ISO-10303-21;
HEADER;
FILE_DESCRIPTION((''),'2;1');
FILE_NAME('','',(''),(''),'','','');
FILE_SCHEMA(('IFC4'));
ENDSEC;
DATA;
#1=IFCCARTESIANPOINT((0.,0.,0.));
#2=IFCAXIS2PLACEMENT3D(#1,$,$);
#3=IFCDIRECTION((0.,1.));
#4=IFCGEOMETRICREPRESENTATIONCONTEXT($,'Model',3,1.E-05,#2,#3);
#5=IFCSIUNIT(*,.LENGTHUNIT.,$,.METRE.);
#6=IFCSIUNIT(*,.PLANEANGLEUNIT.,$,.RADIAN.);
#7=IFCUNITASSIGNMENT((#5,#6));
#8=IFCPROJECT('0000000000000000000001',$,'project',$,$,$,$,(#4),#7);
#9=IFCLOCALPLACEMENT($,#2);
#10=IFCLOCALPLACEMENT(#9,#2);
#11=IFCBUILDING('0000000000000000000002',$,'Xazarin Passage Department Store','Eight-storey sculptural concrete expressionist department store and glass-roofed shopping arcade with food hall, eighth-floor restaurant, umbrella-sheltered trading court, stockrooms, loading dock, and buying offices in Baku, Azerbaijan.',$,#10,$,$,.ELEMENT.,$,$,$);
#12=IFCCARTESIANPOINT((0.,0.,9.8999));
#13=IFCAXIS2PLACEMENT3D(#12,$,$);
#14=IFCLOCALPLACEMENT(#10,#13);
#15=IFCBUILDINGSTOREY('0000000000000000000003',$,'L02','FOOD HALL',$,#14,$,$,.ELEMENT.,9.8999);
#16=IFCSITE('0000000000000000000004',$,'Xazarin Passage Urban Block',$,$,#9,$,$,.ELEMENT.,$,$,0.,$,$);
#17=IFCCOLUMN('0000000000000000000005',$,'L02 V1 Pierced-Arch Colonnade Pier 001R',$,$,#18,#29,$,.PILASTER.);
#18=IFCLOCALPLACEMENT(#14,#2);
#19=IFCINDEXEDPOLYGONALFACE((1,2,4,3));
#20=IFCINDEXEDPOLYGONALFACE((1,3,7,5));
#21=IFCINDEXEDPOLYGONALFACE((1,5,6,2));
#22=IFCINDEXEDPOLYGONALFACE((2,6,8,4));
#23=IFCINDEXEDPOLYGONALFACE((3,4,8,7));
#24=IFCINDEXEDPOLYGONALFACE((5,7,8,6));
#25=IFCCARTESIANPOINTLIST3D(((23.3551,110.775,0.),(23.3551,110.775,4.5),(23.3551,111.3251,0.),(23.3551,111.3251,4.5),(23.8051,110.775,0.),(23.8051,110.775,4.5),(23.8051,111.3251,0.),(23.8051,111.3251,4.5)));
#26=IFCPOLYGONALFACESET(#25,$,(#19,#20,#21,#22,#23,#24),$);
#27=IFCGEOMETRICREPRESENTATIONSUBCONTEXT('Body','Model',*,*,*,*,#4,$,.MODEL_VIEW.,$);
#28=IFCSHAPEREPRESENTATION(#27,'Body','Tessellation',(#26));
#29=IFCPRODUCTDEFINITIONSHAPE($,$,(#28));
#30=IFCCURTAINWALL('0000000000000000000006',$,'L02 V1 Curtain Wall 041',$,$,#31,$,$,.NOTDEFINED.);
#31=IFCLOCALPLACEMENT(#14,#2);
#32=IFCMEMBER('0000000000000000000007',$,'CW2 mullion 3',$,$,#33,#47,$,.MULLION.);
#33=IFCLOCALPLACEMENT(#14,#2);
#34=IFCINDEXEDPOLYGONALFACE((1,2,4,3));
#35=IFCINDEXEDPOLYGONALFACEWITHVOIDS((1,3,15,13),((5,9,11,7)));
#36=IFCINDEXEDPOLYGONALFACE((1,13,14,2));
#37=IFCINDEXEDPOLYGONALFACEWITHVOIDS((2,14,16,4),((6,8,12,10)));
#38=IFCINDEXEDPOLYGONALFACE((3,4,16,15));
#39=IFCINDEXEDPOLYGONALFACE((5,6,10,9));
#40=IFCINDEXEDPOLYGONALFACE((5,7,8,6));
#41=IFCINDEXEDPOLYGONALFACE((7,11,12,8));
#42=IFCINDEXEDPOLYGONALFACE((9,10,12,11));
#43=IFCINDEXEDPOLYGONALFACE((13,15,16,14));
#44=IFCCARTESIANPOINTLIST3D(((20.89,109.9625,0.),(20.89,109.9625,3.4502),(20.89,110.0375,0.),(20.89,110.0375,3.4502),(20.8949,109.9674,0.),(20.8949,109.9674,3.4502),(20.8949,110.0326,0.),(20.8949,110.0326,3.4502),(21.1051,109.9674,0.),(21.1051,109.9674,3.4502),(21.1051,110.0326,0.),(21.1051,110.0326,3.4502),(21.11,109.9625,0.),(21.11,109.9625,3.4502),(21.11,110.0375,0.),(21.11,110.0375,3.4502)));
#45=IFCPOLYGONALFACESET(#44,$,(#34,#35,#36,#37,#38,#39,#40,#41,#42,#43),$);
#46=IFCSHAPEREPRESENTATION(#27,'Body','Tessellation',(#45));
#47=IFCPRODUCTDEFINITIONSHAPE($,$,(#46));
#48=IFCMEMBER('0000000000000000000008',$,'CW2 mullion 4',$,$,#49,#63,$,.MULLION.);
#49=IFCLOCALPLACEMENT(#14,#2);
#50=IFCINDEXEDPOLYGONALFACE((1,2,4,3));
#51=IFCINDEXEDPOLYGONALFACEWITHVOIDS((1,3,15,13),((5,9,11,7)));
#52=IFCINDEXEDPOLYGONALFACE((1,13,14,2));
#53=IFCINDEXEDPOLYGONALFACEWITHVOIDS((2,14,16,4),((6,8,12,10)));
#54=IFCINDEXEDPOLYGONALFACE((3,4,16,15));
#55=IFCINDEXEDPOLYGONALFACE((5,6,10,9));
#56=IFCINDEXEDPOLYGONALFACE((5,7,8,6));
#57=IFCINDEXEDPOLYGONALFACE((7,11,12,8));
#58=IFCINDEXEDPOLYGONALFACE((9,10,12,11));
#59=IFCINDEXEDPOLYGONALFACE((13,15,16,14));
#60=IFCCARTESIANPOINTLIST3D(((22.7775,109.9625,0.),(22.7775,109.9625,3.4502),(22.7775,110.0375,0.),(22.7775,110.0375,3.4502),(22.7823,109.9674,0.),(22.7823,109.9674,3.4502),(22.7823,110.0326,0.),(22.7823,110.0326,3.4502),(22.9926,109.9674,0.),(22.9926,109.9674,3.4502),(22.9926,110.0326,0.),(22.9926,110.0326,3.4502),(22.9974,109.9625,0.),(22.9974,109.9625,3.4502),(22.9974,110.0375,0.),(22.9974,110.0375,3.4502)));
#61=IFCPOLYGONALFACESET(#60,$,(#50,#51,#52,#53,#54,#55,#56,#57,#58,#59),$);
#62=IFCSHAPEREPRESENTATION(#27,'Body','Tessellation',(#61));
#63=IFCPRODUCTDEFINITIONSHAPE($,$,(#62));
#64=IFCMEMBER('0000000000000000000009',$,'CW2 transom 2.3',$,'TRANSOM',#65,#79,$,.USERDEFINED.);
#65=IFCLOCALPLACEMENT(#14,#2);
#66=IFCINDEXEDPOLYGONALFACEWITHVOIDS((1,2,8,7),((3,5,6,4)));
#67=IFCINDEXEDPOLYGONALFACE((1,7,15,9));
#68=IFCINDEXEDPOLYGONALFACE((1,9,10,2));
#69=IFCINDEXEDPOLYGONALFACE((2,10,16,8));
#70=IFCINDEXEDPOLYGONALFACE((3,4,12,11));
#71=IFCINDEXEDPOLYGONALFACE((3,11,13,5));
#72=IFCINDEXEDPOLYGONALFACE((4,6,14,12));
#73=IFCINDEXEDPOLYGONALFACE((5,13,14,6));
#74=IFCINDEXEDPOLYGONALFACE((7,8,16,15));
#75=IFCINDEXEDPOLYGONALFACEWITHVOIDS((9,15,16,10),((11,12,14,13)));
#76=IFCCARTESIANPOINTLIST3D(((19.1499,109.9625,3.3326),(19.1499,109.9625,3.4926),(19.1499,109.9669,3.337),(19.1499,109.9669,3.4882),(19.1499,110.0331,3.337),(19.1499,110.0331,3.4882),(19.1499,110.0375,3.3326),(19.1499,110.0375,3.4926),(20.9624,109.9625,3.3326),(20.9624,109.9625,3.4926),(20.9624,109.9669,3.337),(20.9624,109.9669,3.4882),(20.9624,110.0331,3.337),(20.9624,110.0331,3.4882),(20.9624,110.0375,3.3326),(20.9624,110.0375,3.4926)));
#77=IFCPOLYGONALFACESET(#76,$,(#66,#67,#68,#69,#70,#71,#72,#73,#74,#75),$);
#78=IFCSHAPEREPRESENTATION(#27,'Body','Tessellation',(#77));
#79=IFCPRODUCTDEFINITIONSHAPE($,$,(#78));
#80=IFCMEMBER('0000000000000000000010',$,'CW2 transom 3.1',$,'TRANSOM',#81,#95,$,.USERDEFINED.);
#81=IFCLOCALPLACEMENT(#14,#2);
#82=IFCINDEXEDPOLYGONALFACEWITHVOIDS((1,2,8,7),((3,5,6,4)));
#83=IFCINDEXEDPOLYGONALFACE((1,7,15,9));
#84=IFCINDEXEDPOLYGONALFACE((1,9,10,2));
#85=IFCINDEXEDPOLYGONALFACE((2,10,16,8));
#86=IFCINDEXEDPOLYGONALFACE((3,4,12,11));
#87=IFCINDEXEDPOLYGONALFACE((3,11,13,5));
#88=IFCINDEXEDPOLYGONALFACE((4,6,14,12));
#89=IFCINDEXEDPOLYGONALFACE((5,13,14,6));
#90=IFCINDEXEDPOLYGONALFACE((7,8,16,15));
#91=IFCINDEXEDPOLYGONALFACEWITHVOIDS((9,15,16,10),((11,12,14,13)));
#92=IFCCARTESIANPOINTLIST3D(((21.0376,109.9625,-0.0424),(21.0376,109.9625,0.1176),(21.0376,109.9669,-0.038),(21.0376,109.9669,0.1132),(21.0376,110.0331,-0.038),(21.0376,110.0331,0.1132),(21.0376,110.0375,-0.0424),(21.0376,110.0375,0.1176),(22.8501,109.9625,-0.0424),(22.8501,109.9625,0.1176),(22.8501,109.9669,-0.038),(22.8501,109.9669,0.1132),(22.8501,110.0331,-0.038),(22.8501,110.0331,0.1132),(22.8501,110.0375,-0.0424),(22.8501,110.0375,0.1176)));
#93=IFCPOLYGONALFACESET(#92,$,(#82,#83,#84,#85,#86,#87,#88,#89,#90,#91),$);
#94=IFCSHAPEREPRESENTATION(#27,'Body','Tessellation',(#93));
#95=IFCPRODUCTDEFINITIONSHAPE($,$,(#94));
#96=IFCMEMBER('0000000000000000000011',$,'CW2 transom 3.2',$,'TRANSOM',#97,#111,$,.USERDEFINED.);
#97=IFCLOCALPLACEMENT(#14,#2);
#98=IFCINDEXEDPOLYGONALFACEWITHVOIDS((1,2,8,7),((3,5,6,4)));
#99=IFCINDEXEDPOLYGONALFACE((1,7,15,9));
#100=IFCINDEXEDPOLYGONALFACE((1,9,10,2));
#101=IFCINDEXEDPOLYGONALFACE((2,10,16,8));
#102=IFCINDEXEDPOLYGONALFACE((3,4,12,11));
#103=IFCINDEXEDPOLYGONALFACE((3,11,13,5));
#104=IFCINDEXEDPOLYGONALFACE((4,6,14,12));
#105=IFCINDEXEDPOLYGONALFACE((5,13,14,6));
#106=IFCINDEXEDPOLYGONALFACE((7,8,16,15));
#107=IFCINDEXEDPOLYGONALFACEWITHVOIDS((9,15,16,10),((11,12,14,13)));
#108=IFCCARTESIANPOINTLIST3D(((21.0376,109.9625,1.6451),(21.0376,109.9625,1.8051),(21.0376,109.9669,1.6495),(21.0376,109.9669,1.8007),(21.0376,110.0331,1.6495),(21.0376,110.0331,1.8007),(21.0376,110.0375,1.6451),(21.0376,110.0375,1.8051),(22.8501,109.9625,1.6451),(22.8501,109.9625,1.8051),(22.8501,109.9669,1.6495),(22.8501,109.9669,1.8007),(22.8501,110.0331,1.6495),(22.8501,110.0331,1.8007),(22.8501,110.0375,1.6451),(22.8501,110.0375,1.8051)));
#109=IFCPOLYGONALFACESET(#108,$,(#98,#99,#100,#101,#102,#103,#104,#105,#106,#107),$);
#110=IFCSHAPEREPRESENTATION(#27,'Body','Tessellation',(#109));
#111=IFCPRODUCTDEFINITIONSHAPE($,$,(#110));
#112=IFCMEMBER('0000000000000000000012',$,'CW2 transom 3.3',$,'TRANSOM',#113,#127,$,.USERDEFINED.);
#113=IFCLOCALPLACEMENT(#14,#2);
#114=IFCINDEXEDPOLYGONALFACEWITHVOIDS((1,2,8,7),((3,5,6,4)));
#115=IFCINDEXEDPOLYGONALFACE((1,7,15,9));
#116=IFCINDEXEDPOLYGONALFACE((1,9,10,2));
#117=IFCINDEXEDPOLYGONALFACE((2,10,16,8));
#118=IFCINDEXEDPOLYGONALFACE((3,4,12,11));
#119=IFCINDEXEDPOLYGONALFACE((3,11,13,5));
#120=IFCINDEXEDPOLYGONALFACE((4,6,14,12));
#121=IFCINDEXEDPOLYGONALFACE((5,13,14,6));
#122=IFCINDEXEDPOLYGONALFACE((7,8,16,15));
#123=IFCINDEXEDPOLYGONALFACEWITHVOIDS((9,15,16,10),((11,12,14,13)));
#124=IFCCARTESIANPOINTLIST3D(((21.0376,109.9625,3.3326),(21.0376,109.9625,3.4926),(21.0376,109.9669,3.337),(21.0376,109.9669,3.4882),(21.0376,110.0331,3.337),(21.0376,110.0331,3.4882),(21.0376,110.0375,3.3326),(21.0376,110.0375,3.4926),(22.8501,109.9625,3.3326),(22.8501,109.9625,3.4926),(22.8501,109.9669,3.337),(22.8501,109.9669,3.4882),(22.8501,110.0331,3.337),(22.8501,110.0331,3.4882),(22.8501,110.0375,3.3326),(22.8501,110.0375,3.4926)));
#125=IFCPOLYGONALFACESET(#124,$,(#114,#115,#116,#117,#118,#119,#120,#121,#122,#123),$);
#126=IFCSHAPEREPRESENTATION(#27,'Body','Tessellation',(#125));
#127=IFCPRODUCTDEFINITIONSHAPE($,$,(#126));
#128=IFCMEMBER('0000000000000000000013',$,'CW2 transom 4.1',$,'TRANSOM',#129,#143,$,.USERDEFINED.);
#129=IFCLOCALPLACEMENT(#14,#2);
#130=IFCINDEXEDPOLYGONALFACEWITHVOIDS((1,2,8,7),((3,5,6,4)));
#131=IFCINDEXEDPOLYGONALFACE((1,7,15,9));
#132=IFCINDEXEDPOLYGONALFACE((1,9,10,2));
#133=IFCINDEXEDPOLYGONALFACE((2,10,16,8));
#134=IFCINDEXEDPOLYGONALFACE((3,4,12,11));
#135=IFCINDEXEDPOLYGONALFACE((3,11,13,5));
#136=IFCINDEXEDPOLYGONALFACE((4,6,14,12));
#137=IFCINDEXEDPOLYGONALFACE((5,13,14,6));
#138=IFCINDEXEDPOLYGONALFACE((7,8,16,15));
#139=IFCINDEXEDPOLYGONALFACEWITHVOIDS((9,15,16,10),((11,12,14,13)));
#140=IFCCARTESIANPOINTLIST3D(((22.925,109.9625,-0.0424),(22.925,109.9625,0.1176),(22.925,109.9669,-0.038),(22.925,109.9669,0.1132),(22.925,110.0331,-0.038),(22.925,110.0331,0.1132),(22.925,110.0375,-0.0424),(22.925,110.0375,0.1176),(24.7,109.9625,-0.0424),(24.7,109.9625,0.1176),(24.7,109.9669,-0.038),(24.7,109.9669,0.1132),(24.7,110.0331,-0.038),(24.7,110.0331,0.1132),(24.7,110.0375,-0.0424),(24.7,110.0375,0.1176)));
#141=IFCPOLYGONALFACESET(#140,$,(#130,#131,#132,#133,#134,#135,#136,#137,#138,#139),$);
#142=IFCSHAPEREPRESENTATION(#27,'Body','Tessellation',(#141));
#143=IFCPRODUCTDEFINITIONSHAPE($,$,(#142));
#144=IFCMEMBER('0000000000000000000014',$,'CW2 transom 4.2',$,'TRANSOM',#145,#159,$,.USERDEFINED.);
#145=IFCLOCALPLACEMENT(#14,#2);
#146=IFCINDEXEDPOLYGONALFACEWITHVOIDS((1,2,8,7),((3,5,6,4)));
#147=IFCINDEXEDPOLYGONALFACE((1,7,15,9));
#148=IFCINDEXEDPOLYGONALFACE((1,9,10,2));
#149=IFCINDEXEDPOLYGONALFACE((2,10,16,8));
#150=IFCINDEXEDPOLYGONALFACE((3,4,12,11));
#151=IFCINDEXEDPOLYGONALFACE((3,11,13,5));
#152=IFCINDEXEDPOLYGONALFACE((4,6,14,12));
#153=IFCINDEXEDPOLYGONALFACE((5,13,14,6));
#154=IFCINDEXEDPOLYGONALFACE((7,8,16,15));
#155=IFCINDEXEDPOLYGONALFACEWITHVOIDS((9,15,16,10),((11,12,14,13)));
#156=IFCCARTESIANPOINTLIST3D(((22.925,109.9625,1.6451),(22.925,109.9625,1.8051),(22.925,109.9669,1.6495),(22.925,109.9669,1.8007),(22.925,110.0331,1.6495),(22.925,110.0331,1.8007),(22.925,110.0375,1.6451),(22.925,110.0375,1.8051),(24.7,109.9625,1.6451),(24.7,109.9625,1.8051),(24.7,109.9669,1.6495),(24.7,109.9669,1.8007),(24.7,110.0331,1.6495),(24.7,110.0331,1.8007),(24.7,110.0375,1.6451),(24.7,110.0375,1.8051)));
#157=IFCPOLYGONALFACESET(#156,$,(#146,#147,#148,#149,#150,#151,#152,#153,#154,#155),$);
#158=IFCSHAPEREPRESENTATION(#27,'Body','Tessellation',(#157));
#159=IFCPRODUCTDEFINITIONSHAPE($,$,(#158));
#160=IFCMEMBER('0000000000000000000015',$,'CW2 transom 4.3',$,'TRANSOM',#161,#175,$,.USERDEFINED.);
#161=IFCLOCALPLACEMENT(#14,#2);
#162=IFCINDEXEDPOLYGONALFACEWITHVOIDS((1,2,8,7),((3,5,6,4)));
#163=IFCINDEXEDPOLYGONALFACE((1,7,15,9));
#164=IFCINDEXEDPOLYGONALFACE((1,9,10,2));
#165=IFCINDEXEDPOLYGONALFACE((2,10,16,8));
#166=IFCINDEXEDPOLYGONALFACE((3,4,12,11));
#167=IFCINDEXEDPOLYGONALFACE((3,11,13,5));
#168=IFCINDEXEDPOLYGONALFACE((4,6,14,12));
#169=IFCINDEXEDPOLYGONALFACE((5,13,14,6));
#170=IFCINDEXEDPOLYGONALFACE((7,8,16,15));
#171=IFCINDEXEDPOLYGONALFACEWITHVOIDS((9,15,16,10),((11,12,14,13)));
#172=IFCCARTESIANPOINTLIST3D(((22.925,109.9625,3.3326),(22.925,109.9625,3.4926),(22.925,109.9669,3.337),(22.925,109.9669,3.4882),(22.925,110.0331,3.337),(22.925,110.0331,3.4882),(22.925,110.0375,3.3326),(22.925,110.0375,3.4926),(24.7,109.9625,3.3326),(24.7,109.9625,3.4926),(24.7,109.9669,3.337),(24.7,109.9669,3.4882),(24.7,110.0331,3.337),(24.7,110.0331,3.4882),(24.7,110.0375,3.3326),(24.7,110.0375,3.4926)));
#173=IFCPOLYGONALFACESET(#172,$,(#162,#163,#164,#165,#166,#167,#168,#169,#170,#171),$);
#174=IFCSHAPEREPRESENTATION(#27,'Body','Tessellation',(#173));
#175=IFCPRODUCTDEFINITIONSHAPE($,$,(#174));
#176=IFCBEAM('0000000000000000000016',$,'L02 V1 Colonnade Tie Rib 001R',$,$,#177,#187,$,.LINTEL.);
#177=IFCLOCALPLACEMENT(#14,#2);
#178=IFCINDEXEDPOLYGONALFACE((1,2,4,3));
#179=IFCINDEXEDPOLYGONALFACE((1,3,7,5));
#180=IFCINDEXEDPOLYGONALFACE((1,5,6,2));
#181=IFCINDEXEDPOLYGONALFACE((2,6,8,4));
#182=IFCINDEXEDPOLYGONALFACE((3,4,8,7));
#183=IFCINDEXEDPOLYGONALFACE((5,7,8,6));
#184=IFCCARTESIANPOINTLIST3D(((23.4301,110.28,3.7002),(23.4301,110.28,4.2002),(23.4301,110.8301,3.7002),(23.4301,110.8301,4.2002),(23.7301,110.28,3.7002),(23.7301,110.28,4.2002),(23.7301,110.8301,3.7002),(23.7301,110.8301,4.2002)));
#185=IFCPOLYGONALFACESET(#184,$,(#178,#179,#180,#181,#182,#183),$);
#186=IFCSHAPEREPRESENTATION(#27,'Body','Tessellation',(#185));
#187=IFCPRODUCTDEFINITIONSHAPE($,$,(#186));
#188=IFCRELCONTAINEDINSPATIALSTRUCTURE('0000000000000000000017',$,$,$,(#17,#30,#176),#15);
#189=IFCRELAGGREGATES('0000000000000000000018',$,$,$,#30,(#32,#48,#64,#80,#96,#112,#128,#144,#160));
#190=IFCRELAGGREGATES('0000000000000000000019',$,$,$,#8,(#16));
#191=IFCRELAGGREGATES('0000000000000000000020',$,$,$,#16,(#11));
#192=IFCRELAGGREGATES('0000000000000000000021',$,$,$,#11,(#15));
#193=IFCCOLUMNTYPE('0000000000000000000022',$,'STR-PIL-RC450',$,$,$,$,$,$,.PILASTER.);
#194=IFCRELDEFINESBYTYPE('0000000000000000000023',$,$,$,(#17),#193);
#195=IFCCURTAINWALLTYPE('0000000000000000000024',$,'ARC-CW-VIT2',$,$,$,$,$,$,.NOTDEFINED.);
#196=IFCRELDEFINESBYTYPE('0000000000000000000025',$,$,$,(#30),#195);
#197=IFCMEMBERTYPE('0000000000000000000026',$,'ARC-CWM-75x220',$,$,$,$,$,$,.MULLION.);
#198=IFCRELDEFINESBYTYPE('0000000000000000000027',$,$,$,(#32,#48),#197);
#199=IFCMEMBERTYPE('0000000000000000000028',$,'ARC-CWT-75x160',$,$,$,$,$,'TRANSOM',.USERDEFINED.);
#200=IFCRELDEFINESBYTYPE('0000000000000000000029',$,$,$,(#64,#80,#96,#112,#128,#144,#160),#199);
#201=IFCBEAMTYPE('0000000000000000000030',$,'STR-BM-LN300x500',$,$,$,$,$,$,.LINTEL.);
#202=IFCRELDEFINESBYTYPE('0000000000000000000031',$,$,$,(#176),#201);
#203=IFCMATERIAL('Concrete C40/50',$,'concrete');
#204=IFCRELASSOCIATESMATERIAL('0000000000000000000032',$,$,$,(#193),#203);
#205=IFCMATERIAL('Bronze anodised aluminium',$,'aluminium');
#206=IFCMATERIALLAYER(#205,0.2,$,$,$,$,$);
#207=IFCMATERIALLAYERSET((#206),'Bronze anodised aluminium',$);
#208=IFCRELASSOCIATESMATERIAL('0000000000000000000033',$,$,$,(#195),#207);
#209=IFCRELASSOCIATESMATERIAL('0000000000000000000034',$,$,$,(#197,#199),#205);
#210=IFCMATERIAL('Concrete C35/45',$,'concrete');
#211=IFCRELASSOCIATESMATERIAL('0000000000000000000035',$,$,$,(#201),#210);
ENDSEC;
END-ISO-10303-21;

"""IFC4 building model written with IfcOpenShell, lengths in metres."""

from ifc_helpers import new_model, si_unit, direction, frame, origin, origin_2d, place, context, subcontext, project, spatial, rectangle, hollow_rectangle, extrude, material, layer, layer_set, material_profile, profile_set, type_object, element, aggregate, save


model = new_model("IFC4")

# Units and contexts
model_context = context("Model", 3, precision=1e-05, world=origin(), true_north=direction((0.0, 1.0)))
body_context = subcontext(model_context, "Body", "Model", "MODEL_VIEW")
ifc_project = project(units=[si_unit("LENGTHUNIT", "METRE"), si_unit("PLANEANGLEUNIT", "RADIAN")], contexts=[model_context])

# Site, building, storey
site_placement = place(None, origin())
site = spatial("IfcSite", under=ifc_project, at=site_placement, Name="Xazarin Passage Urban Block", CompositionType="ELEMENT", RefElevation=0.0)
building_placement = place(site_placement, origin())
building = spatial("IfcBuilding", under=site, at=building_placement, Name="Xazarin Passage Department Store", Description="Eight-storey sculptural concrete expressionist department store and glass-roofed shopping arcade with food hall, eighth-floor restaurant, umbrella-sheltered trading court, stockrooms, loading dock, and buying offices in Baku, Azerbaijan.", CompositionType="ELEMENT")
storey_placement = place(building_placement, frame((0.0, 0.0, 9.8999)))
storey = spatial("IfcBuildingStorey", under=building, at=storey_placement, Name="L02", Description="FOOD HALL", CompositionType="ELEMENT", Elevation=9.8999)

# Column
ifc_material_1 = material(Name="Concrete C40/50", Category="concrete")
ifc_material_profile_1 = material_profile(ifc_material_1, rectangle(XDim=0.45, YDim=0.55, at=origin_2d()), Name="RC 450x550")
ifc_profile_set_1 = profile_set([ifc_material_profile_1], Name="Concrete C40/50")
column_type = type_object("IfcColumnType", Name="STR-PIL-RC450", PredefinedType="PILASTER", material=ifc_profile_set_1)
column_placement = place(storey_placement, frame((23.5801, 111.05, 0.0), z_axis=(0.0, 0.0, 1.0), x_axis=(1.0, 0.0, 0.0)))
element("IfcColumn", 1, at=column_placement, inside=storey, type_object=column_type, Name="L02 V1 Pierced-Arch Colonnade Pier 001R", PredefinedType="PILASTER", context=body_context, shape_type="SweptSolid", body=[
    extrude(rectangle(XDim=0.45, YDim=0.55, at=origin_2d()), origin(), (0.0, 0.0, 1.0), 4.5),
])

# Curtain wall, members
ifc_material_2 = material(Name="Bronze anodised aluminium", Category="aluminium")
ifc_layer_1 = layer(ifc_material_2, 0.2)
ifc_layer_set_1 = layer_set([ifc_layer_1], Name="Bronze anodised aluminium")
curtain_wall_type = type_object("IfcCurtainWallType", Name="ARC-CW-VIT2", PredefinedType="NOTDEFINED", material=ifc_layer_set_1)
curtain_wall_placement = place(storey_placement, origin())
curtain_wall = element("IfcCurtainWall", 2, at=curtain_wall_placement, inside=storey, type_object=curtain_wall_type, Name="L02 V1 Curtain Wall 041", PredefinedType="NOTDEFINED")
ifc_material_profile_2 = material_profile(ifc_material_2, hollow_rectangle(XDim=0.075, YDim=0.22, WallThickness=0.0049, at=origin_2d()), Name="ALU 75x220")
ifc_profile_set_2 = profile_set([ifc_material_profile_2], Name="Bronze anodised aluminium")
member_type_1 = type_object("IfcMemberType", Name="ARC-CWM-75x220", PredefinedType="MULLION", material=ifc_profile_set_2)
member_1_placement = place(storey_placement, frame((21.0, 110.0, 0.0), z_axis=(0.0, 0.0, 1.0), x_axis=(0.0, 1.0, 0.0)))
member_1 = element("IfcMember", 3, at=member_1_placement, type_object=member_type_1, Name="CW2 mullion 3", PredefinedType="MULLION", context=body_context, shape_type="SweptSolid", body=[
    extrude(hollow_rectangle(XDim=0.075, YDim=0.22, WallThickness=0.0049, at=origin_2d()), origin(), (0.0, 0.0, 1.0), 3.4502),
])
member_2_placement = place(storey_placement, frame((22.8875, 110.0, 0.0), z_axis=(0.0, 0.0, 1.0), x_axis=(0.0, 1.0, 0.0)))
member_2 = element("IfcMember", 4, at=member_2_placement, type_object=member_type_1, Name="CW2 mullion 4", PredefinedType="MULLION", context=body_context, shape_type="SweptSolid", body=[
    extrude(hollow_rectangle(XDim=0.075, YDim=0.22, WallThickness=0.0049, at=origin_2d()), origin(), (0.0, 0.0, 1.0), 3.4502),
])
ifc_material_profile_3 = material_profile(ifc_material_2, hollow_rectangle(XDim=0.075, YDim=0.1599, WallThickness=0.0044, at=origin_2d()), Name="ALU 75x160")
ifc_profile_set_3 = profile_set([ifc_material_profile_3], Name="Bronze anodised aluminium")
member_type_2 = type_object("IfcMemberType", Name="ARC-CWT-75x160", ElementType="TRANSOM", PredefinedType="USERDEFINED", material=ifc_profile_set_3)
member_3_placement = place(storey_placement, frame((19.1499, 110.0, 3.4126), z_axis=(1.0, 0.0, 0.0), x_axis=(0.0, 1.0, 0.0)))
member_3 = element("IfcMember", 5, at=member_3_placement, type_object=member_type_2, Name="CW2 transom 2.3", ObjectType="TRANSOM", PredefinedType="USERDEFINED", context=body_context, shape_type="SweptSolid", body=[
    extrude(hollow_rectangle(XDim=0.075, YDim=0.1599, WallThickness=0.0044, at=origin_2d()), origin(), (0.0, 0.0, 1.0), 1.8125),
])
member_4_placement = place(storey_placement, frame((21.0376, 110.0, 0.0376), z_axis=(1.0, 0.0, 0.0), x_axis=(0.0, 1.0, 0.0)))
member_4 = element("IfcMember", 6, at=member_4_placement, type_object=member_type_2, Name="CW2 transom 3.1", ObjectType="TRANSOM", PredefinedType="USERDEFINED", context=body_context, shape_type="SweptSolid", body=[
    extrude(hollow_rectangle(XDim=0.075, YDim=0.1599, WallThickness=0.0044, at=origin_2d()), origin(), (0.0, 0.0, 1.0), 1.8125),
])
member_5_placement = place(storey_placement, frame((21.0376, 110.0, 1.7251), z_axis=(1.0, 0.0, 0.0), x_axis=(0.0, 1.0, 0.0)))
member_5 = element("IfcMember", 7, at=member_5_placement, type_object=member_type_2, Name="CW2 transom 3.2", ObjectType="TRANSOM", PredefinedType="USERDEFINED", context=body_context, shape_type="SweptSolid", body=[
    extrude(hollow_rectangle(XDim=0.075, YDim=0.1599, WallThickness=0.0044, at=origin_2d()), origin(), (0.0, 0.0, 1.0), 1.8125),
])
member_6_placement = place(storey_placement, frame((21.0376, 110.0, 3.4126), z_axis=(1.0, 0.0, 0.0), x_axis=(0.0, 1.0, 0.0)))
member_6 = element("IfcMember", 8, at=member_6_placement, type_object=member_type_2, Name="CW2 transom 3.3", ObjectType="TRANSOM", PredefinedType="USERDEFINED", context=body_context, shape_type="SweptSolid", body=[
    extrude(hollow_rectangle(XDim=0.075, YDim=0.1599, WallThickness=0.0044, at=origin_2d()), origin(), (0.0, 0.0, 1.0), 1.8125),
])
member_7_placement = place(storey_placement, frame((22.925, 110.0, 0.0376), z_axis=(1.0, 0.0, 0.0), x_axis=(0.0, 1.0, 0.0)))
member_7 = element("IfcMember", 9, at=member_7_placement, type_object=member_type_2, Name="CW2 transom 4.1", ObjectType="TRANSOM", PredefinedType="USERDEFINED", context=body_context, shape_type="SweptSolid", body=[
    extrude(hollow_rectangle(XDim=0.075, YDim=0.1599, WallThickness=0.0044, at=origin_2d()), origin(), (0.0, 0.0, 1.0), 1.7749),
])
member_8_placement = place(storey_placement, frame((22.925, 110.0, 1.7251), z_axis=(1.0, 0.0, 0.0), x_axis=(0.0, 1.0, 0.0)))
member_8 = element("IfcMember", 10, at=member_8_placement, type_object=member_type_2, Name="CW2 transom 4.2", ObjectType="TRANSOM", PredefinedType="USERDEFINED", context=body_context, shape_type="SweptSolid", body=[
    extrude(hollow_rectangle(XDim=0.075, YDim=0.1599, WallThickness=0.0044, at=origin_2d()), origin(), (0.0, 0.0, 1.0), 1.7749),
])
member_9_placement = place(storey_placement, frame((22.925, 110.0, 3.4126), z_axis=(1.0, 0.0, 0.0), x_axis=(0.0, 1.0, 0.0)))
member_9 = element("IfcMember", 11, at=member_9_placement, type_object=member_type_2, Name="CW2 transom 4.3", ObjectType="TRANSOM", PredefinedType="USERDEFINED", context=body_context, shape_type="SweptSolid", body=[
    extrude(hollow_rectangle(XDim=0.075, YDim=0.1599, WallThickness=0.0044, at=origin_2d()), origin(), (0.0, 0.0, 1.0), 1.7749),
])

# Beam
ifc_material_3 = material(Name="Concrete C35/45", Category="concrete")
ifc_material_profile_4 = material_profile(ifc_material_3, rectangle(XDim=0.3, YDim=0.5, at=origin_2d()), Name="RC 300x500")
ifc_profile_set_4 = profile_set([ifc_material_profile_4], Name="Concrete C35/45")
beam_type = type_object("IfcBeamType", Name="STR-BM-LN300x500", PredefinedType="LINTEL", material=ifc_profile_set_4)
beam_placement = place(storey_placement, frame((23.5801, 110.28, 3.9502), z_axis=(0.0, 1.0, 0.0), x_axis=(-1.0, 0.0, 0.0)))
element("IfcBeam", 12, at=beam_placement, inside=storey, type_object=beam_type, Name="L02 V1 Colonnade Tie Rib 001R", PredefinedType="LINTEL", context=body_context, shape_type="SweptSolid", body=[
    extrude(rectangle(XDim=0.3, YDim=0.5, at=origin_2d()), origin(), (0.0, 0.0, 1.0), 0.55),
])

aggregate(curtain_wall, [member_1, member_2, member_3, member_4, member_5, member_6, member_7, member_8, member_9])

save(model, "model.ifc")
